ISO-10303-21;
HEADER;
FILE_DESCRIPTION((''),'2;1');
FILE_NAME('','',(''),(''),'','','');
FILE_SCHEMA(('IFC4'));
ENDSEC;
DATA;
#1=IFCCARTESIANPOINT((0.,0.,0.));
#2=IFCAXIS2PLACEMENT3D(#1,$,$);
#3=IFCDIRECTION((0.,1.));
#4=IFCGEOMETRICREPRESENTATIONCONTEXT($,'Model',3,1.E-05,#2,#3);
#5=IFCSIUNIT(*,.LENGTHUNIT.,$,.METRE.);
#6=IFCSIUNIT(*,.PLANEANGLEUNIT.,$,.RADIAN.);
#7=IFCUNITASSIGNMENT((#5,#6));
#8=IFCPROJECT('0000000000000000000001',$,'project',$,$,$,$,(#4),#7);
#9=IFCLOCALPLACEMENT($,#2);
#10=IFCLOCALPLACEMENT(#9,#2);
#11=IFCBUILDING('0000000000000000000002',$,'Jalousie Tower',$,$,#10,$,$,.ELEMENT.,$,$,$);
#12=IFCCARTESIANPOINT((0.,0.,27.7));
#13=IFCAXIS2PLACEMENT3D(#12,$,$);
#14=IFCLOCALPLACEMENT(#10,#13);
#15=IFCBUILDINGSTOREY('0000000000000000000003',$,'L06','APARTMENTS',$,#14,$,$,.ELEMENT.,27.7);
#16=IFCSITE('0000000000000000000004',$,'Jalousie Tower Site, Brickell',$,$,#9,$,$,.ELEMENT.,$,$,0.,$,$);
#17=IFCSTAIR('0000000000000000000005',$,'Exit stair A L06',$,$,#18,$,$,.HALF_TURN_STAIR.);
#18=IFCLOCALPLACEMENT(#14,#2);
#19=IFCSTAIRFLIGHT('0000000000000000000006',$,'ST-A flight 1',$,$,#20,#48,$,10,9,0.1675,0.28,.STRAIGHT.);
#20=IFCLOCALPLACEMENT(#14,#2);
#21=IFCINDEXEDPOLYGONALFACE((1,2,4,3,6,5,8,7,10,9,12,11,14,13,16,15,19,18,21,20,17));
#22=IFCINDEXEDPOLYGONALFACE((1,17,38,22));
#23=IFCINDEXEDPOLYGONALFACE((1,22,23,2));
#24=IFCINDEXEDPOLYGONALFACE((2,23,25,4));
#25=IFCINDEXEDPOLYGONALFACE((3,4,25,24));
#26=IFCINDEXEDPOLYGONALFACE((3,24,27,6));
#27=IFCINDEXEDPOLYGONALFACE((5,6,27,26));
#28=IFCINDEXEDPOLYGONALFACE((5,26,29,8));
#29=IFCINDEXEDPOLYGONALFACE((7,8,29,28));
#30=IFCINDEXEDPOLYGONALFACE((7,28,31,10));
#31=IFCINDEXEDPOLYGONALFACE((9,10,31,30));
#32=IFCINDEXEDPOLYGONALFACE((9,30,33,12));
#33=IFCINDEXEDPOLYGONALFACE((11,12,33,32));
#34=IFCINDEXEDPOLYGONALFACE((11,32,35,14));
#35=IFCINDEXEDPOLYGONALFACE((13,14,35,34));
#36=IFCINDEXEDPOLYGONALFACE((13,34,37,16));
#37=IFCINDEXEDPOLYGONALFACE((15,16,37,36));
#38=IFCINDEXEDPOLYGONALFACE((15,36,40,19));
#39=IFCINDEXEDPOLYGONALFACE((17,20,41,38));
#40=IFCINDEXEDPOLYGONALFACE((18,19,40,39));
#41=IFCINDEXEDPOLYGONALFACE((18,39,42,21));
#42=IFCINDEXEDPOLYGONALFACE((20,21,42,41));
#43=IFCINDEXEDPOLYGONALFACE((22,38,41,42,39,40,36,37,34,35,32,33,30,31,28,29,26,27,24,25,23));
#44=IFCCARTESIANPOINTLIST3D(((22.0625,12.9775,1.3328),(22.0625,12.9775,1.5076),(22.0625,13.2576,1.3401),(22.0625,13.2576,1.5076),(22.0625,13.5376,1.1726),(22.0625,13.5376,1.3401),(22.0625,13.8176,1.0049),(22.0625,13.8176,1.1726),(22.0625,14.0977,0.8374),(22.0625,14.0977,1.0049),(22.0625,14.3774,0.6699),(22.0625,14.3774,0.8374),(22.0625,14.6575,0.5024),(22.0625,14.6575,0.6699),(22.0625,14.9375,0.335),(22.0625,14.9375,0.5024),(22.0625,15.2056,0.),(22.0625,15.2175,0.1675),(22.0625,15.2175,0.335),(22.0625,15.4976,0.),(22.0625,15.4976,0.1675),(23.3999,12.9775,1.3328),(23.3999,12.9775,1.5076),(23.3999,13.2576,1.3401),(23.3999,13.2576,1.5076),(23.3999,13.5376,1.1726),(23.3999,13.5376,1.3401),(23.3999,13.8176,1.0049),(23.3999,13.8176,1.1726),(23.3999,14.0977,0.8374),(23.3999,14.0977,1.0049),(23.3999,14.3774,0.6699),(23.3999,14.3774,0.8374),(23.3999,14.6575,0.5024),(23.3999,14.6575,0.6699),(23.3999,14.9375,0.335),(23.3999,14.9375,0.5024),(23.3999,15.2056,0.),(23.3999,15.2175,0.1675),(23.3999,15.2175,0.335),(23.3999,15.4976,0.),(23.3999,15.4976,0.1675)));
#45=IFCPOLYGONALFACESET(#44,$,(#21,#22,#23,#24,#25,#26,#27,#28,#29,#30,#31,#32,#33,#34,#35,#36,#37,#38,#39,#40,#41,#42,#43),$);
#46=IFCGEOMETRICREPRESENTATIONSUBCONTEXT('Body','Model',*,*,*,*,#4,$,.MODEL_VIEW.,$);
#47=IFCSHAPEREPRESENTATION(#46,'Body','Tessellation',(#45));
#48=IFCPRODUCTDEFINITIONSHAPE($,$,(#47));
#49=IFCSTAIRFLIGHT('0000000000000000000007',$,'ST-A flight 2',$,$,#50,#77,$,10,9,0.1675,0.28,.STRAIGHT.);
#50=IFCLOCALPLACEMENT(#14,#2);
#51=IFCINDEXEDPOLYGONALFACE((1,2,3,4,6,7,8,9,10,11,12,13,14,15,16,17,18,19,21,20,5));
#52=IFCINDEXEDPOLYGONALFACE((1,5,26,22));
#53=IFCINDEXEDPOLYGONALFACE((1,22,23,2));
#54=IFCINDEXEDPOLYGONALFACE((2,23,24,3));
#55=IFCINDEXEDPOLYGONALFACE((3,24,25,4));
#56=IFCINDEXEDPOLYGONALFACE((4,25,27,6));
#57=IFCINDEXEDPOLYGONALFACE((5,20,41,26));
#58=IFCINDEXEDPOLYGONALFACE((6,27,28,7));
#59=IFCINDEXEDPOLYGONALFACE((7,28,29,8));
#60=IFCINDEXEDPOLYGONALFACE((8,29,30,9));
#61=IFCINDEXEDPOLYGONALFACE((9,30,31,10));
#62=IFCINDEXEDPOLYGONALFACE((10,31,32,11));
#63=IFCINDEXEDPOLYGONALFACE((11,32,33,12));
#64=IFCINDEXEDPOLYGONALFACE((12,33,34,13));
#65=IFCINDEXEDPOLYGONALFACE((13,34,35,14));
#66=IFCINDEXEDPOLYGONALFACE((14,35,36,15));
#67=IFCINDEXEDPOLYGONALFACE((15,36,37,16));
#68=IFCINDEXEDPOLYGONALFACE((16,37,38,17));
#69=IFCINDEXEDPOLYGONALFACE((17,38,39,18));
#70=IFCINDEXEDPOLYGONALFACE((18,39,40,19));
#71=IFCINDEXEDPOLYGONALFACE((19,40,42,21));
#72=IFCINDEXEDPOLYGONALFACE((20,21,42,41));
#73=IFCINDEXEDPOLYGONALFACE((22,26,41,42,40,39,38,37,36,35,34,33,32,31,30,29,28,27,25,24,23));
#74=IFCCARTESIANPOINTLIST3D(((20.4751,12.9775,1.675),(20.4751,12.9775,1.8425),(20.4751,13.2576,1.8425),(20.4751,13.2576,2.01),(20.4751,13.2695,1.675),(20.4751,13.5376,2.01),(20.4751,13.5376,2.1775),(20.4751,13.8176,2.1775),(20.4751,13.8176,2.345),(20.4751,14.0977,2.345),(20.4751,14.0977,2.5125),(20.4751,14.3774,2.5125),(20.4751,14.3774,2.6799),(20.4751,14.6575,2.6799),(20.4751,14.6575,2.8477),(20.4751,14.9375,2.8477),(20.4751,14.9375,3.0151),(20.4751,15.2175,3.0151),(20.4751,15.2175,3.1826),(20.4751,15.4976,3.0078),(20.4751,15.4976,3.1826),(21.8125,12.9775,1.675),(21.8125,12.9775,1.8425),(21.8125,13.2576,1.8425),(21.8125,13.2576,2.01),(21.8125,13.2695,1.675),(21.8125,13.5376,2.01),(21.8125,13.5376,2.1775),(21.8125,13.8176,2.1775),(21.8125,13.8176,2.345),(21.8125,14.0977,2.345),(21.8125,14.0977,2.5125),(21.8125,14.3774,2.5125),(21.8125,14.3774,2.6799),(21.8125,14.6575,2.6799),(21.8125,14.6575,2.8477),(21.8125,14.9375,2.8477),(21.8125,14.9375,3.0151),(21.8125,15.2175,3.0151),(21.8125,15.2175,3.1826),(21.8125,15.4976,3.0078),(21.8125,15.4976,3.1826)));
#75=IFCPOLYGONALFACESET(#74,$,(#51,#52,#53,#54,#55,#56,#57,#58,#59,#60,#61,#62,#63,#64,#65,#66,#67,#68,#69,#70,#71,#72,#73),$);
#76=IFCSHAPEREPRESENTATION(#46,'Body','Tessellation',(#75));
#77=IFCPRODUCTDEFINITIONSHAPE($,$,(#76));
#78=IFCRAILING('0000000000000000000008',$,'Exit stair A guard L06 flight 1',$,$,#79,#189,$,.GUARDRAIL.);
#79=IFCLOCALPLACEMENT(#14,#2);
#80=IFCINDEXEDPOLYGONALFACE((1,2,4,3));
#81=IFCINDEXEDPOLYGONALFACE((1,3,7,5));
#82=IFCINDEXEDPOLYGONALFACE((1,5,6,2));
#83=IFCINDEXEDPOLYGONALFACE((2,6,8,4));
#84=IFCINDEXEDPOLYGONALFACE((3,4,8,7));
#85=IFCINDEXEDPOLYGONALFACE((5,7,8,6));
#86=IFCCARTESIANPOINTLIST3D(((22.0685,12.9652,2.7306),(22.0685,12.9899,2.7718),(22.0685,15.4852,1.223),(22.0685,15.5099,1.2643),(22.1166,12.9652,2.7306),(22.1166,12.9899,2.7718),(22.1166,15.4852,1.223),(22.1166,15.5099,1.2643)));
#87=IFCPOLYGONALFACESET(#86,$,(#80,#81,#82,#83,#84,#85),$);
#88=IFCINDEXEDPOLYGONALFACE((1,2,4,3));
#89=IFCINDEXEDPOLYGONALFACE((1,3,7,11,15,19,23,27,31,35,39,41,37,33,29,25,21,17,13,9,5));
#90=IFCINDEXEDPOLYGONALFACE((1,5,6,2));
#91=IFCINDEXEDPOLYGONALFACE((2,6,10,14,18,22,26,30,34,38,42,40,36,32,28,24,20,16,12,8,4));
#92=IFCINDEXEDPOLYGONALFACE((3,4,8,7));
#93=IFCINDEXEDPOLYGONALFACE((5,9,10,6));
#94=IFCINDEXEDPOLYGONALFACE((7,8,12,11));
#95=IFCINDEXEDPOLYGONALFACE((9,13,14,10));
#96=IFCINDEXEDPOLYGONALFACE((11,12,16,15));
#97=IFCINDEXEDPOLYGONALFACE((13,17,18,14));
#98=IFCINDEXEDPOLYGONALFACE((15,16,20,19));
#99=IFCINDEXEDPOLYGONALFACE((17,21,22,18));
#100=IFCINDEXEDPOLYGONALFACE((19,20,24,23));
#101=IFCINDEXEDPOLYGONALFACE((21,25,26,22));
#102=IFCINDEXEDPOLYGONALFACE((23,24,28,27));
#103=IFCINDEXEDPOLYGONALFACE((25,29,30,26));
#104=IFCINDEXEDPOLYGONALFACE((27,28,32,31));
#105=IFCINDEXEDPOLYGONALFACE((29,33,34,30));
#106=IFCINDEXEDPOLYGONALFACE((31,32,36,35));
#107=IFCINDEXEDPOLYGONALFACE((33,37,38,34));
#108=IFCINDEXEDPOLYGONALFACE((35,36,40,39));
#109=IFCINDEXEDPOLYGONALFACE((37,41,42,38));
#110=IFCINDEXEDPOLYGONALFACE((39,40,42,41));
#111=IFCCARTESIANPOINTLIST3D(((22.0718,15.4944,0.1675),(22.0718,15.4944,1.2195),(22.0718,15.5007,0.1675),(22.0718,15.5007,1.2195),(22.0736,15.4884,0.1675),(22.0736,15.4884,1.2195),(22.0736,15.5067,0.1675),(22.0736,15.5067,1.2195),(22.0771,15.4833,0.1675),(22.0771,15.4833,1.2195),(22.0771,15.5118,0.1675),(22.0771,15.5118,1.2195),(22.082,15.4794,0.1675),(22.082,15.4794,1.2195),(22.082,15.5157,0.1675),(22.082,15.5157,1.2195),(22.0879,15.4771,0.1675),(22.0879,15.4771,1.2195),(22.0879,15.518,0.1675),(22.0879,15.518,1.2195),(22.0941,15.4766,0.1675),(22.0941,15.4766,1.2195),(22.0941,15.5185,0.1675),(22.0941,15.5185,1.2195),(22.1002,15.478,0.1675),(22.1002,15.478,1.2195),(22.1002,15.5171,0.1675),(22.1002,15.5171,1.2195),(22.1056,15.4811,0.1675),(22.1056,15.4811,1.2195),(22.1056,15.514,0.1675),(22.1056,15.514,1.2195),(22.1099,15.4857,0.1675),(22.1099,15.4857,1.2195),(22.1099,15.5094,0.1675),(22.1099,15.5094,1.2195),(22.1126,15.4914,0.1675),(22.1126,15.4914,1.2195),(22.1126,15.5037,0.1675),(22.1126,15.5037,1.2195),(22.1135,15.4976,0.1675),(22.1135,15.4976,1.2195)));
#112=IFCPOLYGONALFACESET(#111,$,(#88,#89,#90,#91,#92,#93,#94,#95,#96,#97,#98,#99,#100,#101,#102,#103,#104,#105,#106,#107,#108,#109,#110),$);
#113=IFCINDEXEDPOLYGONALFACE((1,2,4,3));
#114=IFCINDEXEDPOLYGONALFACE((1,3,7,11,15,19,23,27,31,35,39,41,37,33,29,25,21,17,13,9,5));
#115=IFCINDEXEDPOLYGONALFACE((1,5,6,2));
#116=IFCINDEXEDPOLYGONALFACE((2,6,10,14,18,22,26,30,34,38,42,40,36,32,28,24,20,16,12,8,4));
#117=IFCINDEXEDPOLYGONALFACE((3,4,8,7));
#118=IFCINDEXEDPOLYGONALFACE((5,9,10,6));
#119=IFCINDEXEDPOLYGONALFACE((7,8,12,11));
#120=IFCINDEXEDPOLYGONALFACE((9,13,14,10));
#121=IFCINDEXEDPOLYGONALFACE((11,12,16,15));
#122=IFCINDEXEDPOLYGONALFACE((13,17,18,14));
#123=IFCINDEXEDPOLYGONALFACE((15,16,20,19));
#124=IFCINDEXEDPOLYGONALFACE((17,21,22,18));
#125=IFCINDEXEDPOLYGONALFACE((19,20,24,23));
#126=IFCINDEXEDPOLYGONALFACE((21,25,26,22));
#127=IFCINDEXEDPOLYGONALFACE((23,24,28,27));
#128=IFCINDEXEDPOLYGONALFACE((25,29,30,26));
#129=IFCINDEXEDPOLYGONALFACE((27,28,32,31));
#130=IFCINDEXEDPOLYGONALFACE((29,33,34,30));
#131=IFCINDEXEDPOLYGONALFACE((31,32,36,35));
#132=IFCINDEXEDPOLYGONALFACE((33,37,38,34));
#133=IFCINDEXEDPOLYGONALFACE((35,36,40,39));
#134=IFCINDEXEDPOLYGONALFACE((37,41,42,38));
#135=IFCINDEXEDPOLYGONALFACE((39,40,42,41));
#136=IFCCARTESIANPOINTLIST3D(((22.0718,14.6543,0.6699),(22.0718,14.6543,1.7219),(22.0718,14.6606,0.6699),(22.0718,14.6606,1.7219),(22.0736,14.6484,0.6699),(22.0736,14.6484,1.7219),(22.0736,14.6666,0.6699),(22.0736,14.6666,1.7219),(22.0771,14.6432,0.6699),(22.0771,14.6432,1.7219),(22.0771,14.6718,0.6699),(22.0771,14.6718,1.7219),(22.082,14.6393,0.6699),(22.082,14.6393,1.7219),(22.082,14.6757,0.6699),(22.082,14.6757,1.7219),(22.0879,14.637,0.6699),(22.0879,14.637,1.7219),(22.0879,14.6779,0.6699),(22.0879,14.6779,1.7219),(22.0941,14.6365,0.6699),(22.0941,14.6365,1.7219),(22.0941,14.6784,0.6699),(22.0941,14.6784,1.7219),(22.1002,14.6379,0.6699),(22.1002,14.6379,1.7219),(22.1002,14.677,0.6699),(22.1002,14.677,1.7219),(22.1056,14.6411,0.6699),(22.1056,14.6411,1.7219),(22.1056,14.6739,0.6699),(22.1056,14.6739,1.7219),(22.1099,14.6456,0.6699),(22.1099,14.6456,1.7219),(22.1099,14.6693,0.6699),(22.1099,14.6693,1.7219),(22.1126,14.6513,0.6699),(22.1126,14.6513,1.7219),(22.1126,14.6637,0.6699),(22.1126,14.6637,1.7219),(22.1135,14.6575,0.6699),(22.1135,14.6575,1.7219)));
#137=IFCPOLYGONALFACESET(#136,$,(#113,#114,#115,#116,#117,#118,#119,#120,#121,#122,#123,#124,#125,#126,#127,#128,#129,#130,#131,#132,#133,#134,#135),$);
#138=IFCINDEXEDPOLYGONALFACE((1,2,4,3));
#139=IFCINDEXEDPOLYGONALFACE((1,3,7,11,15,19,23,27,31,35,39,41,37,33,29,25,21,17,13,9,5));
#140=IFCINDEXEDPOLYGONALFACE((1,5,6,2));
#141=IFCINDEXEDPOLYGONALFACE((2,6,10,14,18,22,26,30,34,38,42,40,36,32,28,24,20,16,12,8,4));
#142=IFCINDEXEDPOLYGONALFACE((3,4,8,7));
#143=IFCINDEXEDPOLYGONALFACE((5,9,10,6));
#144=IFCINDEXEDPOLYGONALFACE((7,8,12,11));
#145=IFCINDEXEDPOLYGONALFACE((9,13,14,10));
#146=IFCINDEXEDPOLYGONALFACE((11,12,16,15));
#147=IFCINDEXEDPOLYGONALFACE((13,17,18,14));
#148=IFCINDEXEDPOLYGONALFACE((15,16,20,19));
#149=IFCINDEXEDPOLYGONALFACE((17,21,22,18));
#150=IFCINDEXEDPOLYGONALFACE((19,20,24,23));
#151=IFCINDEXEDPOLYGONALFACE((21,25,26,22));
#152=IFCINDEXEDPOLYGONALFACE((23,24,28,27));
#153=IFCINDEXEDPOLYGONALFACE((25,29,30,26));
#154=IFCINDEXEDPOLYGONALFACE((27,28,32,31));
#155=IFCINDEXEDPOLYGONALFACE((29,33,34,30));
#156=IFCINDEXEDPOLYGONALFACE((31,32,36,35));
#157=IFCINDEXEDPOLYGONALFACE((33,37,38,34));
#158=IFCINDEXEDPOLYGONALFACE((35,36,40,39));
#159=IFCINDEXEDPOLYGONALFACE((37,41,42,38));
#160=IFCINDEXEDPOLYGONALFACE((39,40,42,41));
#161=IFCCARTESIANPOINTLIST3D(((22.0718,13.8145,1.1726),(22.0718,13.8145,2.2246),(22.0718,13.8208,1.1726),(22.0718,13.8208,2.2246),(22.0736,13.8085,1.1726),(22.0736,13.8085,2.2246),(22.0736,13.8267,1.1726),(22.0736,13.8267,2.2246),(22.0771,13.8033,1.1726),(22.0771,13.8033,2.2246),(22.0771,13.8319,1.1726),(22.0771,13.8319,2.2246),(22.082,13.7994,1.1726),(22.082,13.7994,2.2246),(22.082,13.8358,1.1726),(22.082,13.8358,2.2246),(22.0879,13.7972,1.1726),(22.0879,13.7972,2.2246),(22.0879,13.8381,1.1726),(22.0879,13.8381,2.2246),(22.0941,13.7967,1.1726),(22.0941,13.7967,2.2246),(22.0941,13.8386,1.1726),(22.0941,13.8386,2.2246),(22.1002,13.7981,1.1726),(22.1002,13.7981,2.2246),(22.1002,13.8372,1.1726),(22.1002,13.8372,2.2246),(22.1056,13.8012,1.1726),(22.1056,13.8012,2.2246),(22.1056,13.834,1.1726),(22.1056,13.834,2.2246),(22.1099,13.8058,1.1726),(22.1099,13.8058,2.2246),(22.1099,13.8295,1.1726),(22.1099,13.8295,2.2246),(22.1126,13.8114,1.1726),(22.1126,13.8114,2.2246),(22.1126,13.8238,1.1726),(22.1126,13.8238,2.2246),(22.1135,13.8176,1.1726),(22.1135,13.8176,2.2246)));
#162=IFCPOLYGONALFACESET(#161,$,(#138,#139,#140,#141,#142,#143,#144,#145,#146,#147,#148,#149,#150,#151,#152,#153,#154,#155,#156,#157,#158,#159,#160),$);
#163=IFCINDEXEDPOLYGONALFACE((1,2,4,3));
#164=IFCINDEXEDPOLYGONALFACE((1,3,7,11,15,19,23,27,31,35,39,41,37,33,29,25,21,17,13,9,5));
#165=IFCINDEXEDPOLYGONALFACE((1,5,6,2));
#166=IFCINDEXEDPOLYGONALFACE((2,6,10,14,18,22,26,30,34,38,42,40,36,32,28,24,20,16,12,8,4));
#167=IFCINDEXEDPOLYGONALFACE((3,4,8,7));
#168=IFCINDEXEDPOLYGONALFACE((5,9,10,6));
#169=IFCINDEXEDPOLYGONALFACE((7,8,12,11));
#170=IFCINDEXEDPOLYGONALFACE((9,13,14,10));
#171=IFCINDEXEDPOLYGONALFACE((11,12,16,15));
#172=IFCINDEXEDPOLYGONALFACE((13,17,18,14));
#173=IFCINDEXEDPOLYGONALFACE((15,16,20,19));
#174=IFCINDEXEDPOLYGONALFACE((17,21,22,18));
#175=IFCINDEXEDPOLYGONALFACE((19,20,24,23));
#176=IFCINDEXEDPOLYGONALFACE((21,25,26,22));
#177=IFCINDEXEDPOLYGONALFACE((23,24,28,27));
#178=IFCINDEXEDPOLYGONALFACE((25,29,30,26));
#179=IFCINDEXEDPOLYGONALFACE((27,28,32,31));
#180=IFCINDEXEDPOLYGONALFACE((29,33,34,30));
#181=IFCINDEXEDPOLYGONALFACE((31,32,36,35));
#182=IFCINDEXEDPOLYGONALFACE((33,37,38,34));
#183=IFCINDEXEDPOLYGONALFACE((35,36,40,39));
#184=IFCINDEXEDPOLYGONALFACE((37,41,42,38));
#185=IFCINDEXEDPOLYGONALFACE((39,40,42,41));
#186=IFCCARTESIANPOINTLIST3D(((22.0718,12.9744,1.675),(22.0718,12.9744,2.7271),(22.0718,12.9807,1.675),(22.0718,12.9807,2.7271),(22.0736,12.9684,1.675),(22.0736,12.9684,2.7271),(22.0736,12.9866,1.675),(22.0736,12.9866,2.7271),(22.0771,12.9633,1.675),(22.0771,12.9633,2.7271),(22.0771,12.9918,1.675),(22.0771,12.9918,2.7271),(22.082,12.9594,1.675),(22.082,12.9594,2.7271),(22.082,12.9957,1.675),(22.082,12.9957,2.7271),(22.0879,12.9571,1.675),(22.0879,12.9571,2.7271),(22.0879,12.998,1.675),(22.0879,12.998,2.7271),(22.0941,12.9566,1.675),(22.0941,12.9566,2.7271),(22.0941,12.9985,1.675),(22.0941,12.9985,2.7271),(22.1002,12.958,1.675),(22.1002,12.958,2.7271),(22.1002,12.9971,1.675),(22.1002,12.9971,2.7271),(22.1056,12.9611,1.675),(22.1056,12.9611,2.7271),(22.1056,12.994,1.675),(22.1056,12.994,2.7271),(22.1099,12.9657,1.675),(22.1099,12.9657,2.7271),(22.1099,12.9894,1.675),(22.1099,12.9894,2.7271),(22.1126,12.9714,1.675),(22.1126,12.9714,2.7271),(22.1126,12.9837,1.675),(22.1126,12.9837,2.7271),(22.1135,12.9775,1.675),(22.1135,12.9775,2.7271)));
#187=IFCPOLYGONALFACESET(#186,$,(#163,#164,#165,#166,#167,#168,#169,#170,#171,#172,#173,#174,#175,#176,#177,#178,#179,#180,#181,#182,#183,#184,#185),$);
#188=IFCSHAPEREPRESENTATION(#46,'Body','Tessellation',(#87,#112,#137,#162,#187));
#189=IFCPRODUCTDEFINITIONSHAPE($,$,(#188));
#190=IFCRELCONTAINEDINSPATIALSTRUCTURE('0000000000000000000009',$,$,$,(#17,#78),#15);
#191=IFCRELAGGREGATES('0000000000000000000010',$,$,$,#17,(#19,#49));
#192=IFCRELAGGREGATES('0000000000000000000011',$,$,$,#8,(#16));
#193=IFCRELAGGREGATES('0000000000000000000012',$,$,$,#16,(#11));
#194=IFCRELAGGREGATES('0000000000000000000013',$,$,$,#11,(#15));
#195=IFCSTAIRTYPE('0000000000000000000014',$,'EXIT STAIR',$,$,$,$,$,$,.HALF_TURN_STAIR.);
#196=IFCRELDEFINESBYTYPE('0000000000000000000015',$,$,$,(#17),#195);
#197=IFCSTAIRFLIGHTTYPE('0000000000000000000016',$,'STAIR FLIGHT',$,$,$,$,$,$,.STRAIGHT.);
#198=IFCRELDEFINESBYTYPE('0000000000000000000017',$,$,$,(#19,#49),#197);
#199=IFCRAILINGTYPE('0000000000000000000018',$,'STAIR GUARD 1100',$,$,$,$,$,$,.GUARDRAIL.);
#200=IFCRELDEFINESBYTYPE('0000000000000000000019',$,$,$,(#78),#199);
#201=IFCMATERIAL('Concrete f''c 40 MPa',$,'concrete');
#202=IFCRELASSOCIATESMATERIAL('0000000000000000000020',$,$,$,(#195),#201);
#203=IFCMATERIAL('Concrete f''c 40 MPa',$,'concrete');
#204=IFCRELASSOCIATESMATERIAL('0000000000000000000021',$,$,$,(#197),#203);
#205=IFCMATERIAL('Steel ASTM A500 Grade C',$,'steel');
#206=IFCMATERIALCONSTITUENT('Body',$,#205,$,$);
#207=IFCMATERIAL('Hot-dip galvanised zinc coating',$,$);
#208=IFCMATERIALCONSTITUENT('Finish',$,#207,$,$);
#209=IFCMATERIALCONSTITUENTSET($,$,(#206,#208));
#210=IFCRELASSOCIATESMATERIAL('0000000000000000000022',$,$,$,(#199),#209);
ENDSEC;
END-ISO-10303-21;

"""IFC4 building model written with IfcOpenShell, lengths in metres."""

from ifc_helpers import new_model, si_unit, direction, frame, origin, origin_2d, place, context, subcontext, project, spatial, polyline, rectangle, circle, outline, extrude, material, constituent, constituent_set, type_object, element, aggregate, save


model = new_model("IFC4")

# Units and contexts
model_context = context("Model", 3, precision=1e-05, world=origin(), true_north=direction((0.0, 1.0)))
body_context = subcontext(model_context, "Body", "Model", "MODEL_VIEW")
ifc_project = project(units=[si_unit("LENGTHUNIT", "METRE"), si_unit("PLANEANGLEUNIT", "RADIAN")], contexts=[model_context])

# Site, building, storey
site_placement = place(None, origin())
site = spatial("IfcSite", under=ifc_project, at=site_placement, Name="Jalousie Tower Site, Brickell", CompositionType="ELEMENT", RefElevation=0.0)
building_placement = place(site_placement, origin())
building = spatial("IfcBuilding", under=site, at=building_placement, Name="Jalousie Tower", CompositionType="ELEMENT")
storey_placement = place(building_placement, frame((0.0, 0.0, 27.7)))
storey = spatial("IfcBuildingStorey", under=building, at=storey_placement, Name="L06", Description="APARTMENTS", CompositionType="ELEMENT", Elevation=27.7)

# Stair, stair flights
ifc_material_1 = material(Name="Concrete f'c 40 MPa", Category="concrete")
stair_type = type_object("IfcStairType", Name="EXIT STAIR", PredefinedType="HALF_TURN_STAIR", material=ifc_material_1)
stair_placement = place(storey_placement, origin())
stair = element("IfcStair", 1, at=stair_placement, inside=storey, type_object=stair_type, Name="Exit stair A L06", PredefinedType="HALF_TURN_STAIR")
ifc_material_2 = material(Name="Concrete f'c 40 MPa", Category="concrete")
stair_flight_type = type_object("IfcStairFlightType", Name="STAIR FLIGHT", PredefinedType="STRAIGHT", material=ifc_material_2)
stair_flight_1_placement = place(storey_placement, frame((22.7312, 15.4976, 0.0), z_axis=(0.0, 0.0, 1.0), x_axis=(0.0, -1.0, 0.0)))
stair_flight_1 = element("IfcStairFlight", 2, at=stair_flight_1_placement, type_object=stair_flight_type, Name="ST-A flight 1", NumberOfRisers=10, NumberOfTreads=9, PredefinedType="STRAIGHT", RiserHeight=0.1675, TreadLength=0.28, context=body_context, shape_type="SweptSolid", body=[
    extrude(outline(polyline([(0.0, 0.0), (0.0, 0.1675), (0.28, 0.1675), (0.28, 0.335), (0.5601, 0.335), (0.5601, 0.5024), (0.8401, 0.5024), (0.8401, 0.6699), (1.1201, 0.6699), (1.1201, 0.8374), (1.3999, 0.8374), (1.3999, 1.0049), (1.6799, 1.0049), (1.6799, 1.1726), (1.96, 1.1726), (1.96, 1.3401), (2.24, 1.3401), (2.24, 1.5076), (2.52, 1.5076), (2.52, 1.675), (2.52, 1.3328), (0.292, 0.0), (0.0, 0.0)])), frame((0.0, 0.6687, 0.0), z_axis=(0.0, -1.0, 0.0), x_axis=(1.0, 0.0, 0.0)), (0.0, 0.0, 1.0), 1.3374),
])
stair_flight_2_placement = place(storey_placement, frame((21.1438, 12.9775, 1.675), z_axis=(0.0, 0.0, 1.0), x_axis=(0.0, 1.0, 0.0)))
stair_flight_2 = element("IfcStairFlight", 3, at=stair_flight_2_placement, type_object=stair_flight_type, Name="ST-A flight 2", NumberOfRisers=10, NumberOfTreads=9, PredefinedType="STRAIGHT", RiserHeight=0.1675, TreadLength=0.28, context=body_context, shape_type="SweptSolid", body=[
    extrude(outline(polyline([(0.0, 0.0), (0.0, 0.1675), (0.28, 0.1675), (0.28, 0.335), (0.5601, 0.335), (0.5601, 0.5024), (0.8401, 0.5024), (0.8401, 0.6699), (1.1201, 0.6699), (1.1201, 0.8374), (1.3999, 0.8374), (1.3999, 1.0049), (1.6799, 1.0049), (1.6799, 1.1726), (1.96, 1.1726), (1.96, 1.3401), (2.24, 1.3401), (2.24, 1.5076), (2.52, 1.5076), (2.52, 1.675), (2.52, 1.3328), (0.292, 0.0), (0.0, 0.0)])), frame((0.0, 0.6687, 0.0), z_axis=(0.0, -1.0, 0.0), x_axis=(1.0, 0.0, 0.0)), (0.0, 0.0, 1.0), 1.3374),
])
aggregate(stair, [stair_flight_1, stair_flight_2])

# Railing
ifc_material_3 = material(Name="Steel ASTM A500 Grade C", Category="steel")
ifc_constituent_1 = constituent(ifc_material_3, Name="Body")
ifc_material_4 = material(Name="Hot-dip galvanised zinc coating")
ifc_constituent_2 = constituent(ifc_material_4, Name="Finish")
ifc_constituent_set_1 = constituent_set(constituents=[ifc_constituent_1, ifc_constituent_2])
railing_type_1 = type_object("IfcRailingType", Name="STAIR GUARD 1100", PredefinedType="GUARDRAIL", material=ifc_constituent_set_1)
railing_1_placement = place(storey_placement, frame((22.0925, 15.4976, 0.1675)))
element("IfcRailing", 4, at=railing_1_placement, inside=storey, type_object=railing_type_1, Name="Exit stair A guard L06 flight 1", PredefinedType="GUARDRAIL", context=body_context, shape_type="SweptSolid", body=[
    extrude(rectangle(XDim=0.0481, YDim=0.0481, at=origin_2d()), frame((0.0, 0.0, 1.0762), z_axis=(0.0, -0.85816, 0.513383), x_axis=(1.0, 0.0, 0.0)), (0.0, 0.0, 1.0), 2.9365),
    extrude(circle(Radius=0.021, at=origin_2d()), origin(), (0.0, 0.0, 1.0), 1.052),
    extrude(circle(Radius=0.021, at=origin_2d()), frame((0.0, -0.8401, 0.5024)), (0.0, 0.0, 1.0), 1.052),
    extrude(circle(Radius=0.021, at=origin_2d()), frame((0.0, -1.6799, 1.0051)), (0.0, 0.0, 1.0), 1.052),
    extrude(circle(Radius=0.021, at=origin_2d()), frame((0.0, -2.52, 1.5076)), (0.0, 0.0, 1.0), 1.052),
])

save(model, "model.ifc")
